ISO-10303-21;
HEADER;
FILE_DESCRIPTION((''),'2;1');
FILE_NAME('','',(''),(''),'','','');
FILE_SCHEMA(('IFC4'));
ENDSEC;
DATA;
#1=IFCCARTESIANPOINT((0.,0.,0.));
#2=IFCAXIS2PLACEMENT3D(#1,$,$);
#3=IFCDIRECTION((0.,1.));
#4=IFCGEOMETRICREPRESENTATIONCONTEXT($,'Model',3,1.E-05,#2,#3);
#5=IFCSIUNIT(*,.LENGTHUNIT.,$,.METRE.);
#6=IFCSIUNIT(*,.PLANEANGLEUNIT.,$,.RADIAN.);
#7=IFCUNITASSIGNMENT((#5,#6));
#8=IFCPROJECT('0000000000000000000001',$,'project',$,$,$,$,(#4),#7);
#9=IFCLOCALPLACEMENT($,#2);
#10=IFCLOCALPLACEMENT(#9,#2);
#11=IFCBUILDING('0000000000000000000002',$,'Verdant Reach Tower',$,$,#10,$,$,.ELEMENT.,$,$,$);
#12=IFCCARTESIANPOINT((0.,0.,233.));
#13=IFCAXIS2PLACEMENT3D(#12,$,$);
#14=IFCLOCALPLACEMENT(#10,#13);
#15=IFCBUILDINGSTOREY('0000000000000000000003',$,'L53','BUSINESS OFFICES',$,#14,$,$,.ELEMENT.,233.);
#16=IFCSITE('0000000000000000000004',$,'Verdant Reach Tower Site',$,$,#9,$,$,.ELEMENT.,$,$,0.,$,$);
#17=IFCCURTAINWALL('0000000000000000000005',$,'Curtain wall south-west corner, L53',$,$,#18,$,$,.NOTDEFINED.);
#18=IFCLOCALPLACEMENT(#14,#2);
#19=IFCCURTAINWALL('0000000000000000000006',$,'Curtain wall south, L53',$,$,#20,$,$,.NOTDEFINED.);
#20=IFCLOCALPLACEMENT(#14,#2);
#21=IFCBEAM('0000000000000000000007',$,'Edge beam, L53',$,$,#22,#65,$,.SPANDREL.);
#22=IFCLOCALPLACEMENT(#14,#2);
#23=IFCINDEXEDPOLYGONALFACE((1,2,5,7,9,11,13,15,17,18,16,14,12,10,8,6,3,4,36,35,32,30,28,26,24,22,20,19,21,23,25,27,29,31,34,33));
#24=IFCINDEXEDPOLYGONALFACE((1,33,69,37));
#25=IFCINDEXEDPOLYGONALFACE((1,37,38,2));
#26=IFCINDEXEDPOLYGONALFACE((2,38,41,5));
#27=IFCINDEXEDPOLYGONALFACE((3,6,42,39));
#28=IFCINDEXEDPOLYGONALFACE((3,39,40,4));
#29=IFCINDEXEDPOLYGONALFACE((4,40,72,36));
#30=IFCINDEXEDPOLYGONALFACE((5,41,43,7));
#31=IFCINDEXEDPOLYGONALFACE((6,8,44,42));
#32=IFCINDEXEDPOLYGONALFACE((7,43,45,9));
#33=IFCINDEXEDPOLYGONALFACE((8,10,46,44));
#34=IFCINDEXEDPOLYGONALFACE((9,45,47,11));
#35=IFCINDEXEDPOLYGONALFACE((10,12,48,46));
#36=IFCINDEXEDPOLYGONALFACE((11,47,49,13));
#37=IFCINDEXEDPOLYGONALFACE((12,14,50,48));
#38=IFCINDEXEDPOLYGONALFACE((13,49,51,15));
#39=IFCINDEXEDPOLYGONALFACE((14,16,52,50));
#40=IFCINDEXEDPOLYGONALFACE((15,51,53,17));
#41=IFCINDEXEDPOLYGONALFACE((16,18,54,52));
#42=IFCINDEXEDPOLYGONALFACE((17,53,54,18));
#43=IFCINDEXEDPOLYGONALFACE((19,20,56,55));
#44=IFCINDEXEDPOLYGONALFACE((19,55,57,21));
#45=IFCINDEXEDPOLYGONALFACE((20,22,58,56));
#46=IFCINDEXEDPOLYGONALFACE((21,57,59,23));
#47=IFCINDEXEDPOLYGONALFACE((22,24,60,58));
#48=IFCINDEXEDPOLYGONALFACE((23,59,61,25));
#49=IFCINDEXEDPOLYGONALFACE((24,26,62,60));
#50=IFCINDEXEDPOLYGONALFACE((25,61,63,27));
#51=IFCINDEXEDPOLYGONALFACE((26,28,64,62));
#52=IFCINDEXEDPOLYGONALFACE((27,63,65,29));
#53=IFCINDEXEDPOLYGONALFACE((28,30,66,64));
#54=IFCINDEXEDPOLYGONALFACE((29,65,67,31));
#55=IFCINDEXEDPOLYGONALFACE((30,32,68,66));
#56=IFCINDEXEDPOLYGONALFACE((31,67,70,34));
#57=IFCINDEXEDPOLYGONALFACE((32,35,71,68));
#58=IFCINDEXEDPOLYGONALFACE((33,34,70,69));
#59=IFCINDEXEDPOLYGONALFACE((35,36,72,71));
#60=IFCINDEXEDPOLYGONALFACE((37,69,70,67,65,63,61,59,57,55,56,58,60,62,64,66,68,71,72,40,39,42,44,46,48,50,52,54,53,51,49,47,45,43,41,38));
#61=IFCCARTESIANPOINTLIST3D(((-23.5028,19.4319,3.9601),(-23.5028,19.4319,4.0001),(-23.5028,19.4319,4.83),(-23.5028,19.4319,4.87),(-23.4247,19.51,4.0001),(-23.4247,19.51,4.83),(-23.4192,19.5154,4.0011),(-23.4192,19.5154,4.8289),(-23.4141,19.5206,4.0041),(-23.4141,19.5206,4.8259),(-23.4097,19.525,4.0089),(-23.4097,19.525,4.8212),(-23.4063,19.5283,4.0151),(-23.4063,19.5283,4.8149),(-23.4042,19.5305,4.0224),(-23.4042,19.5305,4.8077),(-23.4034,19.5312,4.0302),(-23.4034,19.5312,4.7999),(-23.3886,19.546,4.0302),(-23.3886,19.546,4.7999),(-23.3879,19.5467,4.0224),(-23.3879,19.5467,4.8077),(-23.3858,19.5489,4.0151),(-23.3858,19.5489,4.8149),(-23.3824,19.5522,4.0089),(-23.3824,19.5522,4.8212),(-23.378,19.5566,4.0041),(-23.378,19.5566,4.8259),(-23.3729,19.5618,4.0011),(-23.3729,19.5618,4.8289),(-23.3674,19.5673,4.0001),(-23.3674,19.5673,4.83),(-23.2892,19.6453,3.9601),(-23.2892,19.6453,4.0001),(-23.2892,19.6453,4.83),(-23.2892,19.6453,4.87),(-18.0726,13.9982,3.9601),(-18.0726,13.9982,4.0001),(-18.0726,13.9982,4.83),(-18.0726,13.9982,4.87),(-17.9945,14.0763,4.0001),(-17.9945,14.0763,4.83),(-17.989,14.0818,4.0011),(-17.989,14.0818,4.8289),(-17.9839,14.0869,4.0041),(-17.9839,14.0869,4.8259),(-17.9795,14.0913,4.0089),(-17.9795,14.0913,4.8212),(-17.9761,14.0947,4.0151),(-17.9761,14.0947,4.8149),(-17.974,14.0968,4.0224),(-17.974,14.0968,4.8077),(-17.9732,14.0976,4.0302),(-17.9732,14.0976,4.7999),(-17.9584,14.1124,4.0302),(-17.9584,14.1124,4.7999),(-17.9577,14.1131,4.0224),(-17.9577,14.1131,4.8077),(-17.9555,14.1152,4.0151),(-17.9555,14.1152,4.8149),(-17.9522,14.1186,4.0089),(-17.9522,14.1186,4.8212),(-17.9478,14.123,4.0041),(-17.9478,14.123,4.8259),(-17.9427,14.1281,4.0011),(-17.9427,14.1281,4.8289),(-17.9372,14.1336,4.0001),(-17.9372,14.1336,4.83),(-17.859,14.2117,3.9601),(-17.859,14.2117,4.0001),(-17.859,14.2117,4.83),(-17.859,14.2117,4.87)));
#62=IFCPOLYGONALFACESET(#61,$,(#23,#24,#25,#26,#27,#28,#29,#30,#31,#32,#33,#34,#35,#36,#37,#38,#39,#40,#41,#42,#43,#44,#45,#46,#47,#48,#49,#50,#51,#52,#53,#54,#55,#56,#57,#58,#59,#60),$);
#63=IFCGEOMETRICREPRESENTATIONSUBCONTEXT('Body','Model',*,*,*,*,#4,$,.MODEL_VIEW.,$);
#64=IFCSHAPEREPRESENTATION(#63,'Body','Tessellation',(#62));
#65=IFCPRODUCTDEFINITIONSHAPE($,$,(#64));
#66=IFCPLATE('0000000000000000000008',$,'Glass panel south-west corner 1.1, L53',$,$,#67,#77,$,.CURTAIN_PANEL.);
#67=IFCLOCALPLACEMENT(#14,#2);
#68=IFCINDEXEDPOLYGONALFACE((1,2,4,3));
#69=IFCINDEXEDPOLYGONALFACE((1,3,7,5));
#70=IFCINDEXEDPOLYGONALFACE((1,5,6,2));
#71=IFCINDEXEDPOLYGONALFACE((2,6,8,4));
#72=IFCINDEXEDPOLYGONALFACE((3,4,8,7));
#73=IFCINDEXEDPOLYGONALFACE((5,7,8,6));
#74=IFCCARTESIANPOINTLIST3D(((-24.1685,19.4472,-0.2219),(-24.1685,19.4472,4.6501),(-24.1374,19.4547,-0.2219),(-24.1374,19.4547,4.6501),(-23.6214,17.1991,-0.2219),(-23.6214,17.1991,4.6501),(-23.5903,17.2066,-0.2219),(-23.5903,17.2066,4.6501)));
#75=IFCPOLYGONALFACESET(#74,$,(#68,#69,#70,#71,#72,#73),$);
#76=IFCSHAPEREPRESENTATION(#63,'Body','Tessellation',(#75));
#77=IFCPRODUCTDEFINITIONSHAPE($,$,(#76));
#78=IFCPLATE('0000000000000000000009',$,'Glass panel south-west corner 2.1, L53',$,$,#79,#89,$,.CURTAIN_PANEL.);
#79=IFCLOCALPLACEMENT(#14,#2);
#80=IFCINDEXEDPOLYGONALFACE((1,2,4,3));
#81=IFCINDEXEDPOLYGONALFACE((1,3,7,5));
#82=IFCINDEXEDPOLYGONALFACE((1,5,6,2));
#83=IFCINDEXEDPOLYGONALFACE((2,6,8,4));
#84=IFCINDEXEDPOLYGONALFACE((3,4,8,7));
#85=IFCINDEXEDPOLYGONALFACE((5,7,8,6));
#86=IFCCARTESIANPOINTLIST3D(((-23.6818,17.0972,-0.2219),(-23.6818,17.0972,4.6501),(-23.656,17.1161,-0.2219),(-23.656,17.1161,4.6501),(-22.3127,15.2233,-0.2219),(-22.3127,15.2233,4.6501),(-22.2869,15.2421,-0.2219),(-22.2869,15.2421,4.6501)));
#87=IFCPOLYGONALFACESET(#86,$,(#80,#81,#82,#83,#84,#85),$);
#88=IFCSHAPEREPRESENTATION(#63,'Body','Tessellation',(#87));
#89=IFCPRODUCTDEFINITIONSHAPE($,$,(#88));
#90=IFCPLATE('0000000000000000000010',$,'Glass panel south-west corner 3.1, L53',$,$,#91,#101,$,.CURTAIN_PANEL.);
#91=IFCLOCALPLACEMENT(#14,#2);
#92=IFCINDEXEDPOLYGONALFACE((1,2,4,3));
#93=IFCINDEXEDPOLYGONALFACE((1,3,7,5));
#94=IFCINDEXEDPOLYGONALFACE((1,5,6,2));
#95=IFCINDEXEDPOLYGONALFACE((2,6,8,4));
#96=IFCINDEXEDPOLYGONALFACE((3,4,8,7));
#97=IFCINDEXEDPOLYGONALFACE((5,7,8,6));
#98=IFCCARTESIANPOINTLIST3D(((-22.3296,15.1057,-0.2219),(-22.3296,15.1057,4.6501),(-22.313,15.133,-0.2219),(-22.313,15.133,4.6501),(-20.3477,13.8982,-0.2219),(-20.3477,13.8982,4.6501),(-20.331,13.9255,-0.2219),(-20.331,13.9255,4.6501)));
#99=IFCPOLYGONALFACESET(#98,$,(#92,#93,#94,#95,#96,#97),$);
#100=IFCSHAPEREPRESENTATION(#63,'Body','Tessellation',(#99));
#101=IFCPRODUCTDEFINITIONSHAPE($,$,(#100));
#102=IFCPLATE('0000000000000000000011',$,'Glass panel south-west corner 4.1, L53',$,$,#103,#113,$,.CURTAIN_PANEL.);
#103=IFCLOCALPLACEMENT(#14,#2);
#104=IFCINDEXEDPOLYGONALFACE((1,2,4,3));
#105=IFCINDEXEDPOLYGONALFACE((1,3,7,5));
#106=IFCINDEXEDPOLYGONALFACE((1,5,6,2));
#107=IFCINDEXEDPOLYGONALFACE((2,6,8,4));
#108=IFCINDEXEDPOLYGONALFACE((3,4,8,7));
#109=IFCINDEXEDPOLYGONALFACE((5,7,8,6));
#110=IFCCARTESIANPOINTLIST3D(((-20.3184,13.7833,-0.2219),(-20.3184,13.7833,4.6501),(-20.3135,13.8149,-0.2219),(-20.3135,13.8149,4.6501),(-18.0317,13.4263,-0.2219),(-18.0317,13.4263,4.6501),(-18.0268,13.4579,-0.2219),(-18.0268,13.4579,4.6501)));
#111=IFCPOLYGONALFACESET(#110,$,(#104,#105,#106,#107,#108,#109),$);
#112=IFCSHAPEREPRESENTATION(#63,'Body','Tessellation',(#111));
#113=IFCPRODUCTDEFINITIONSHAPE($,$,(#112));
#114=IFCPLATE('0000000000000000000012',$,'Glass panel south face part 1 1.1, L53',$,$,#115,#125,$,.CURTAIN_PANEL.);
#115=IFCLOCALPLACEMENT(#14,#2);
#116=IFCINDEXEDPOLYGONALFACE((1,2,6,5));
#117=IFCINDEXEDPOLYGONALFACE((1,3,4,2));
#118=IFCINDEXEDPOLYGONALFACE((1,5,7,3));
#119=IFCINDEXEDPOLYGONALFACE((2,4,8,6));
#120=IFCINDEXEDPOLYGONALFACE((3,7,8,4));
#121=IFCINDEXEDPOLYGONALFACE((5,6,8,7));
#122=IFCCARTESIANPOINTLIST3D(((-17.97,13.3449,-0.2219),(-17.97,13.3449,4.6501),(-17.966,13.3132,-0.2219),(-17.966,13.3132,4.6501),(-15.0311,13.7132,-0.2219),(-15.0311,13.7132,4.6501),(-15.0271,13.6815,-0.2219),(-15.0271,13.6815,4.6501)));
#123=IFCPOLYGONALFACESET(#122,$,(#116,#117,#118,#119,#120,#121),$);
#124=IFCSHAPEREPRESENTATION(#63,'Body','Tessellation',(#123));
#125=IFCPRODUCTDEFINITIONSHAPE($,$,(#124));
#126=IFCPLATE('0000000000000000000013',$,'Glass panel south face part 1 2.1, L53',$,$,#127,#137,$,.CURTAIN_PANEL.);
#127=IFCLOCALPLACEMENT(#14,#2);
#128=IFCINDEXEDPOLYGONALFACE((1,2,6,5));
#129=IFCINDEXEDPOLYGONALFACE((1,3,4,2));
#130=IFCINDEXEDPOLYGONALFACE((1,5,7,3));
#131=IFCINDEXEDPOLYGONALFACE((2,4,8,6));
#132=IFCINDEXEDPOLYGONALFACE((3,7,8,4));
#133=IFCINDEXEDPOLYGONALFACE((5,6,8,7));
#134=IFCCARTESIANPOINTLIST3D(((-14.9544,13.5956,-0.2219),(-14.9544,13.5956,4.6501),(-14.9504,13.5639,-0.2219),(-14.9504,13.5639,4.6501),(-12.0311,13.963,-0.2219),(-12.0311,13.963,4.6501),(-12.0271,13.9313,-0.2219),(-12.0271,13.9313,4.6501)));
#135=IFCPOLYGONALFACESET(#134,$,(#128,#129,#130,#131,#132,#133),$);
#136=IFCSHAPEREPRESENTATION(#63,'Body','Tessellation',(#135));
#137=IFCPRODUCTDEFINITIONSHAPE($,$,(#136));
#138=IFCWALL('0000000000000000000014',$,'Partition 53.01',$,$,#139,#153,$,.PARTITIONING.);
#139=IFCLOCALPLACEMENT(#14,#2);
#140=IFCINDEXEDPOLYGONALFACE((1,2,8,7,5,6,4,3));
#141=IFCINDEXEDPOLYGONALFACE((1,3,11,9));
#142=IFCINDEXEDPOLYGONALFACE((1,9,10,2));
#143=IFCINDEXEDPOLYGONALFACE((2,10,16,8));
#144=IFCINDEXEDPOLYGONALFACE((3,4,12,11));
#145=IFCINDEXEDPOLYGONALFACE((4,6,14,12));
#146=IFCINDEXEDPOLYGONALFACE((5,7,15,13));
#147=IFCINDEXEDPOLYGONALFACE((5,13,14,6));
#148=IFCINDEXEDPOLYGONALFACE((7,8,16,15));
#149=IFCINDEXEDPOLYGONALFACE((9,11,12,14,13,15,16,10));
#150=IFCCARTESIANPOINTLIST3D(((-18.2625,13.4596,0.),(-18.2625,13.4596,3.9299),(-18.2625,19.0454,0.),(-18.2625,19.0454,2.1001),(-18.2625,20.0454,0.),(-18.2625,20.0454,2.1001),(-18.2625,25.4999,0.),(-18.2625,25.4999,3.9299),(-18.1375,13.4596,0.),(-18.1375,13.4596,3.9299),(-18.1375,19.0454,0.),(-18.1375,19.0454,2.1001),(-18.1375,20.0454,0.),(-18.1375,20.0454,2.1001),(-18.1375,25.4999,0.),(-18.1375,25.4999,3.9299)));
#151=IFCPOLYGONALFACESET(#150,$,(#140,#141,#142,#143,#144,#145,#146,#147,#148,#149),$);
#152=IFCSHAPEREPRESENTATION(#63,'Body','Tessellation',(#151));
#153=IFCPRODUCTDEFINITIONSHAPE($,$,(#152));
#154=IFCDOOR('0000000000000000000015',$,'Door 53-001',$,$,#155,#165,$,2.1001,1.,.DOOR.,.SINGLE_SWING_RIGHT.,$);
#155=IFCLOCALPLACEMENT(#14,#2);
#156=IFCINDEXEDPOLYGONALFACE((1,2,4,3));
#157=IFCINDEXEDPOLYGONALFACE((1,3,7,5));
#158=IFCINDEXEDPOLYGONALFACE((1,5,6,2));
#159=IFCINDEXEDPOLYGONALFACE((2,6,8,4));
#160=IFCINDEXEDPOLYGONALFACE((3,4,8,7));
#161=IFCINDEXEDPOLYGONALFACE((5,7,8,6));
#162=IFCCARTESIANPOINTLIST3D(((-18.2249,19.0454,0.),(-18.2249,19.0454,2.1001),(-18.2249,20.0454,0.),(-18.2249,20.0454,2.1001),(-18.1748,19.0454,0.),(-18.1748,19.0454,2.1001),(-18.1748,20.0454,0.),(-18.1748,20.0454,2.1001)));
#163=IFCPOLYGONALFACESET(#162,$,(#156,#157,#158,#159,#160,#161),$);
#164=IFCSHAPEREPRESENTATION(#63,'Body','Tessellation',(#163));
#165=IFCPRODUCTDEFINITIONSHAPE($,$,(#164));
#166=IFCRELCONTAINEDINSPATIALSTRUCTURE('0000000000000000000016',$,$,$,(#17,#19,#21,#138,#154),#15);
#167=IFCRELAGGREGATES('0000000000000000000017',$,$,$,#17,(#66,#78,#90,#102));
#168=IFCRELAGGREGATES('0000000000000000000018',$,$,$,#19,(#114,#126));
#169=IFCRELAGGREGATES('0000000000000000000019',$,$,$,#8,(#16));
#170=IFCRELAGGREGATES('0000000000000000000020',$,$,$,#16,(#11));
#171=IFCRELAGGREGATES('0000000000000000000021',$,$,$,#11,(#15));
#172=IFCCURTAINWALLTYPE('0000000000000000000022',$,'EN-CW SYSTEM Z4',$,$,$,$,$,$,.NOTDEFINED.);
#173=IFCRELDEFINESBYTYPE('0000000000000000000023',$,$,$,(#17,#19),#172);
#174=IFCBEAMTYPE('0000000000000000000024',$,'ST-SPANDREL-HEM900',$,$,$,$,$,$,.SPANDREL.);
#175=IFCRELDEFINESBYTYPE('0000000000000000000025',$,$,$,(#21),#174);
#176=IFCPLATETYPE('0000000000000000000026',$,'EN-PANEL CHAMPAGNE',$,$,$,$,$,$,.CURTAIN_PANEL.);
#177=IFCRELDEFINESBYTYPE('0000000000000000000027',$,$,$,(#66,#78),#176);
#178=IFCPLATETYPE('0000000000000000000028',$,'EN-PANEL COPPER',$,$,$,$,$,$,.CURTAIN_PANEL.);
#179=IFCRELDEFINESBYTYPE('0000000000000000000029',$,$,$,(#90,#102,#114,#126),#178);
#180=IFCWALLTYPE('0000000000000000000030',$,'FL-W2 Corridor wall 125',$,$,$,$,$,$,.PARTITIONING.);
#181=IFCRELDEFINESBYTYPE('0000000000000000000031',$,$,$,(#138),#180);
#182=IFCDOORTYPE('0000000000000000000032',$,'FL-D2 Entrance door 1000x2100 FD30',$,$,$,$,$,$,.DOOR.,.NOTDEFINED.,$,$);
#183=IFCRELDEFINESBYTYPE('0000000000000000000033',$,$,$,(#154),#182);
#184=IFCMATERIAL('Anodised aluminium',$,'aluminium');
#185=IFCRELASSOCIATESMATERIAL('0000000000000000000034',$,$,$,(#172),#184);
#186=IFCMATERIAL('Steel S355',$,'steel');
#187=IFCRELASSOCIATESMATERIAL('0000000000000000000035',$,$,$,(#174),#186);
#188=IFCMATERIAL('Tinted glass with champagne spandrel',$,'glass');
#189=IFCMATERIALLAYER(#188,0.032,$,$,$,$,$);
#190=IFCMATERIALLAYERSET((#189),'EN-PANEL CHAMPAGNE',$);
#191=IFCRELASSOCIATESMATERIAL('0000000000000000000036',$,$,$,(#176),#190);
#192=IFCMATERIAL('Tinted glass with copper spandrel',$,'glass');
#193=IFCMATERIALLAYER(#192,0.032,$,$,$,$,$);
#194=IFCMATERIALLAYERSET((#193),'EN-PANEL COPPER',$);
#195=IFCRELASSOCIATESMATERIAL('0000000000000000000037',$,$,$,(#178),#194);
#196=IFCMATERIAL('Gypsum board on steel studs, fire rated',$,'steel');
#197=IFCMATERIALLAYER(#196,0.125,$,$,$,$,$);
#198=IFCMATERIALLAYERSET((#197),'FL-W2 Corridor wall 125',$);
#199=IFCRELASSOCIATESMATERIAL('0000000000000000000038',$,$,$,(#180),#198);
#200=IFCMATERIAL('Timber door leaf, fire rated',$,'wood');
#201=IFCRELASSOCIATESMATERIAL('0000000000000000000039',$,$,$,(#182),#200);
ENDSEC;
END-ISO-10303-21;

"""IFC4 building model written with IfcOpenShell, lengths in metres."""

from ifc_helpers import new_model, si_unit, direction, frame, frame_2d, origin, origin_2d, place, context, subcontext, project, spatial, rectangle, i_section, extrude, material, layer, layer_set, material_profile, profile_set, type_object, element, fill, aggregate, save


model = new_model("IFC4")

# Units and contexts
model_context = context("Model", 3, precision=1e-05, world=origin(), true_north=direction((0.0, 1.0)))
body_context = subcontext(model_context, "Body", "Model", "MODEL_VIEW")
ifc_project = project(units=[si_unit("LENGTHUNIT", "METRE"), si_unit("PLANEANGLEUNIT", "RADIAN")], contexts=[model_context])

# Site, building, storey
site_placement = place(None, origin())
site = spatial("IfcSite", under=ifc_project, at=site_placement, Name="Verdant Reach Tower Site", CompositionType="ELEMENT", RefElevation=0.0)
building_placement = place(site_placement, origin())
building = spatial("IfcBuilding", under=site, at=building_placement, Name="Verdant Reach Tower", CompositionType="ELEMENT")
storey_placement = place(building_placement, frame((0.0, 0.0, 233.0)))
storey = spatial("IfcBuildingStorey", under=building, at=storey_placement, Name="L53", Description="BUSINESS OFFICES", CompositionType="ELEMENT", Elevation=233.0)

# Curtain walls
ifc_material_1 = material(Name="Anodised aluminium", Category="aluminium")
curtain_wall_type = type_object("IfcCurtainWallType", Name="EN-CW SYSTEM Z4", PredefinedType="NOTDEFINED", material=ifc_material_1)
curtain_wall_1_placement = place(storey_placement, origin())
curtain_wall_1 = element("IfcCurtainWall", 1, at=curtain_wall_1_placement, inside=storey, type_object=curtain_wall_type, Name="Curtain wall south-west corner, L53", PredefinedType="NOTDEFINED")
curtain_wall_2_placement = place(storey_placement, origin())
curtain_wall_2 = element("IfcCurtainWall", 2, at=curtain_wall_2_placement, inside=storey, type_object=curtain_wall_type, Name="Curtain wall south, L53", PredefinedType="NOTDEFINED")

# Beam
ifc_material_2 = material(Name="Steel S355", Category="steel")
ifc_material_profile_1 = material_profile(ifc_material_2, i_section(OverallWidth=0.302, OverallDepth=0.9099, WebThickness=0.021, FlangeThickness=0.04, FilletRadius=0.03, at=origin_2d()), Name="HEM 900")
ifc_profile_set_1 = profile_set([ifc_material_profile_1], Name="Steel S355")
beam_type_1 = type_object("IfcBeamType", Name="ST-SPANDREL-HEM900", PredefinedType="SPANDREL", material=ifc_profile_set_1)
beam_1_placement = place(storey_placement, frame((-17.9658, 14.105, 4.415), z_axis=(-0.706884, 0.707329, 0.0), x_axis=(-0.707329, -0.706884, 0.0)))
element("IfcBeam", 3, at=beam_1_placement, inside=storey, type_object=beam_type_1, Name="Edge beam, L53", PredefinedType="SPANDREL", context=body_context, shape_type="SweptSolid", body=[
    extrude(i_section(OverallWidth=0.302, OverallDepth=0.9099, WebThickness=0.021, FlangeThickness=0.04, FilletRadius=0.03, at=origin_2d()), origin(), (0.0, 0.0, 1.0), 7.6819),
])

# Plates
ifc_material_3 = material(Name="Tinted glass with champagne spandrel", Category="glass")
ifc_layer_1 = layer(ifc_material_3, 0.032)
ifc_layer_set_1 = layer_set([ifc_layer_1], Name="EN-PANEL CHAMPAGNE")
plate_type_1 = type_object("IfcPlateType", Name="EN-PANEL CHAMPAGNE", PredefinedType="CURTAIN_PANEL", material=ifc_layer_set_1)
plate_1_placement = place(storey_placement, frame((-23.8794, 18.3269, -0.2219), z_axis=(0.0, 0.0, 1.0), x_axis=(0.236459, -0.971642, 0.0)))
plate_1 = element("IfcPlate", 4, at=plate_1_placement, type_object=plate_type_1, Name="Glass panel south-west corner 1.1, L53", PredefinedType="CURTAIN_PANEL", context=body_context, shape_type="SweptSolid", body=[
    extrude(rectangle(XDim=2.3137, YDim=0.032, at=origin_2d()), origin(), (0.0, 0.0, 1.0), 4.8721),
])
plate_2_placement = place(storey_placement, frame((-22.9844, 16.1697, -0.2219), z_axis=(0.0, 0.0, 1.0), x_axis=(0.589927, -0.807457, 0.0)))
plate_2 = element("IfcPlate", 5, at=plate_2_placement, type_object=plate_type_1, Name="Glass panel south-west corner 2.1, L53", PredefinedType="CURTAIN_PANEL", context=body_context, shape_type="SweptSolid", body=[
    extrude(rectangle(XDim=2.3208, YDim=0.032, at=origin_2d()), origin(), (0.0, 0.0, 1.0), 4.8721),
])
ifc_material_4 = material(Name="Tinted glass with copper spandrel", Category="glass")
ifc_layer_2 = layer(ifc_material_4, 0.032)
ifc_layer_set_2 = layer_set([ifc_layer_2], Name="EN-PANEL COPPER")
plate_type_2 = type_object("IfcPlateType", Name="EN-PANEL COPPER", PredefinedType="CURTAIN_PANEL", material=ifc_layer_set_2)
plate_3_placement = place(storey_placement, frame((-21.3303, 14.5156, -0.2219), z_axis=(0.0, 0.0, 1.0), x_axis=(0.853989, -0.520292, 0.0)))
plate_3 = element("IfcPlate", 6, at=plate_3_placement, type_object=plate_type_2, Name="Glass panel south-west corner 3.1, L53", PredefinedType="CURTAIN_PANEL", context=body_context, shape_type="SweptSolid", body=[
    extrude(rectangle(XDim=2.3208, YDim=0.032, at=origin_2d()), origin(), (0.0, 0.0, 1.0), 4.8721),
])
plate_4_placement = place(storey_placement, frame((-19.1726, 13.6206, -0.2219), z_axis=(0.0, 0.0, 1.0), x_axis=(0.988027, -0.154279, 0.0)))
plate_4 = element("IfcPlate", 7, at=plate_4_placement, type_object=plate_type_2, Name="Glass panel south-west corner 4.1, L53", PredefinedType="CURTAIN_PANEL", context=body_context, shape_type="SweptSolid", body=[
    extrude(rectangle(XDim=2.3145, YDim=0.032, at=origin_2d()), origin(), (0.0, 0.0, 1.0), 4.8721),
])
aggregate(curtain_wall_1, [plate_1, plate_2, plate_3, plate_4])
plate_5_placement = place(storey_placement, frame((-16.4985, 13.5132, -0.2219), z_axis=(0.0, 0.0, 1.0), x_axis=(0.992239, 0.124346, 0.0)))
plate_5 = element("IfcPlate", 8, at=plate_5_placement, type_object=plate_type_2, Name="Glass panel south face part 1 1.1, L53", PredefinedType="CURTAIN_PANEL", context=body_context, shape_type="SweptSolid", body=[
    extrude(rectangle(XDim=2.9619, YDim=0.032, at=origin_2d()), origin(), (0.0, 0.0, 1.0), 4.8721),
])
plate_6_placement = place(storey_placement, frame((-13.4907, 13.7634, -0.2219), z_axis=(0.0, 0.0, 1.0), x_axis=(0.992194, 0.124704, 0.0)))
plate_6 = element("IfcPlate", 9, at=plate_6_placement, type_object=plate_type_2, Name="Glass panel south face part 1 2.1, L53", PredefinedType="CURTAIN_PANEL", context=body_context, shape_type="SweptSolid", body=[
    extrude(rectangle(XDim=2.9463, YDim=0.032, at=origin_2d()), origin(), (0.0, 0.0, 1.0), 4.8721),
])
aggregate(curtain_wall_2, [plate_5, plate_6])

# Wall, opening, door
ifc_material_5 = material(Name="Gypsum board on steel studs, fire rated", Category="steel")
ifc_layer_3 = layer(ifc_material_5, 0.125)
ifc_layer_set_3 = layer_set([ifc_layer_3], Name="FL-W2 Corridor wall 125")
wall_type = type_object("IfcWallType", Name="FL-W2 Corridor wall 125", PredefinedType="PARTITIONING", material=ifc_layer_set_3)
wall_1_placement = place(storey_placement, frame((-18.2, 13.4597, 0.0), z_axis=(0.0, 0.0, 1.0), x_axis=(0.0, 1.0, 0.0)))
wall_1 = element("IfcWall", 10, at=wall_1_placement, inside=storey, type_object=wall_type, Name="Partition 53.01", PredefinedType="PARTITIONING", context=body_context, shape_type="SweptSolid", body=[
    extrude(rectangle(XDim=12.0403, YDim=0.125, at=frame_2d((6.02, 0.0))), origin(), (0.0, 0.0, 1.0), 3.9299),
])
opening_1_placement = place(wall_1_placement, frame((5.5857, 0.0, 0.0)))
opening_1 = element("IfcOpeningElement", 11, at=opening_1_placement, cuts=wall_1, PredefinedType="OPENING", context=body_context, shape_type="SweptSolid", body=[
    extrude(rectangle(XDim=1.0, YDim=2.1001, at=frame_2d((0.5, 1.05))), frame((0.0, 0.0725, 0.0), z_axis=(0.0, -1.0, 0.0), x_axis=(1.0, 0.0, 0.0)), (0.0, 0.0, 1.0), 0.145),
])
ifc_material_6 = material(Name="Timber door leaf, fire rated", Category="wood")
door_type = type_object("IfcDoorType", Name="FL-D2 Entrance door 1000x2100 FD30", OperationType="NOTDEFINED", PredefinedType="DOOR", material=ifc_material_6)
door_1_placement = place(opening_1_placement, origin())
door_1 = element("IfcDoor", 12, at=door_1_placement, inside=storey, type_object=door_type, Name="Door 53-001", OperationType="SINGLE_SWING_RIGHT", OverallHeight=2.1001, OverallWidth=1.0, PredefinedType="DOOR", context=body_context, shape_type="SweptSolid", body=[
    extrude(rectangle(XDim=1.0, YDim=2.1001, at=frame_2d((0.5, 1.05))), frame((0.0, 0.0249, 0.0), z_axis=(0.0, -1.0, 0.0), x_axis=(1.0, 0.0, 0.0)), (0.0, 0.0, 1.0), 0.05),
])
fill(opening_1, door_1)

save(model, "model.ifc")
